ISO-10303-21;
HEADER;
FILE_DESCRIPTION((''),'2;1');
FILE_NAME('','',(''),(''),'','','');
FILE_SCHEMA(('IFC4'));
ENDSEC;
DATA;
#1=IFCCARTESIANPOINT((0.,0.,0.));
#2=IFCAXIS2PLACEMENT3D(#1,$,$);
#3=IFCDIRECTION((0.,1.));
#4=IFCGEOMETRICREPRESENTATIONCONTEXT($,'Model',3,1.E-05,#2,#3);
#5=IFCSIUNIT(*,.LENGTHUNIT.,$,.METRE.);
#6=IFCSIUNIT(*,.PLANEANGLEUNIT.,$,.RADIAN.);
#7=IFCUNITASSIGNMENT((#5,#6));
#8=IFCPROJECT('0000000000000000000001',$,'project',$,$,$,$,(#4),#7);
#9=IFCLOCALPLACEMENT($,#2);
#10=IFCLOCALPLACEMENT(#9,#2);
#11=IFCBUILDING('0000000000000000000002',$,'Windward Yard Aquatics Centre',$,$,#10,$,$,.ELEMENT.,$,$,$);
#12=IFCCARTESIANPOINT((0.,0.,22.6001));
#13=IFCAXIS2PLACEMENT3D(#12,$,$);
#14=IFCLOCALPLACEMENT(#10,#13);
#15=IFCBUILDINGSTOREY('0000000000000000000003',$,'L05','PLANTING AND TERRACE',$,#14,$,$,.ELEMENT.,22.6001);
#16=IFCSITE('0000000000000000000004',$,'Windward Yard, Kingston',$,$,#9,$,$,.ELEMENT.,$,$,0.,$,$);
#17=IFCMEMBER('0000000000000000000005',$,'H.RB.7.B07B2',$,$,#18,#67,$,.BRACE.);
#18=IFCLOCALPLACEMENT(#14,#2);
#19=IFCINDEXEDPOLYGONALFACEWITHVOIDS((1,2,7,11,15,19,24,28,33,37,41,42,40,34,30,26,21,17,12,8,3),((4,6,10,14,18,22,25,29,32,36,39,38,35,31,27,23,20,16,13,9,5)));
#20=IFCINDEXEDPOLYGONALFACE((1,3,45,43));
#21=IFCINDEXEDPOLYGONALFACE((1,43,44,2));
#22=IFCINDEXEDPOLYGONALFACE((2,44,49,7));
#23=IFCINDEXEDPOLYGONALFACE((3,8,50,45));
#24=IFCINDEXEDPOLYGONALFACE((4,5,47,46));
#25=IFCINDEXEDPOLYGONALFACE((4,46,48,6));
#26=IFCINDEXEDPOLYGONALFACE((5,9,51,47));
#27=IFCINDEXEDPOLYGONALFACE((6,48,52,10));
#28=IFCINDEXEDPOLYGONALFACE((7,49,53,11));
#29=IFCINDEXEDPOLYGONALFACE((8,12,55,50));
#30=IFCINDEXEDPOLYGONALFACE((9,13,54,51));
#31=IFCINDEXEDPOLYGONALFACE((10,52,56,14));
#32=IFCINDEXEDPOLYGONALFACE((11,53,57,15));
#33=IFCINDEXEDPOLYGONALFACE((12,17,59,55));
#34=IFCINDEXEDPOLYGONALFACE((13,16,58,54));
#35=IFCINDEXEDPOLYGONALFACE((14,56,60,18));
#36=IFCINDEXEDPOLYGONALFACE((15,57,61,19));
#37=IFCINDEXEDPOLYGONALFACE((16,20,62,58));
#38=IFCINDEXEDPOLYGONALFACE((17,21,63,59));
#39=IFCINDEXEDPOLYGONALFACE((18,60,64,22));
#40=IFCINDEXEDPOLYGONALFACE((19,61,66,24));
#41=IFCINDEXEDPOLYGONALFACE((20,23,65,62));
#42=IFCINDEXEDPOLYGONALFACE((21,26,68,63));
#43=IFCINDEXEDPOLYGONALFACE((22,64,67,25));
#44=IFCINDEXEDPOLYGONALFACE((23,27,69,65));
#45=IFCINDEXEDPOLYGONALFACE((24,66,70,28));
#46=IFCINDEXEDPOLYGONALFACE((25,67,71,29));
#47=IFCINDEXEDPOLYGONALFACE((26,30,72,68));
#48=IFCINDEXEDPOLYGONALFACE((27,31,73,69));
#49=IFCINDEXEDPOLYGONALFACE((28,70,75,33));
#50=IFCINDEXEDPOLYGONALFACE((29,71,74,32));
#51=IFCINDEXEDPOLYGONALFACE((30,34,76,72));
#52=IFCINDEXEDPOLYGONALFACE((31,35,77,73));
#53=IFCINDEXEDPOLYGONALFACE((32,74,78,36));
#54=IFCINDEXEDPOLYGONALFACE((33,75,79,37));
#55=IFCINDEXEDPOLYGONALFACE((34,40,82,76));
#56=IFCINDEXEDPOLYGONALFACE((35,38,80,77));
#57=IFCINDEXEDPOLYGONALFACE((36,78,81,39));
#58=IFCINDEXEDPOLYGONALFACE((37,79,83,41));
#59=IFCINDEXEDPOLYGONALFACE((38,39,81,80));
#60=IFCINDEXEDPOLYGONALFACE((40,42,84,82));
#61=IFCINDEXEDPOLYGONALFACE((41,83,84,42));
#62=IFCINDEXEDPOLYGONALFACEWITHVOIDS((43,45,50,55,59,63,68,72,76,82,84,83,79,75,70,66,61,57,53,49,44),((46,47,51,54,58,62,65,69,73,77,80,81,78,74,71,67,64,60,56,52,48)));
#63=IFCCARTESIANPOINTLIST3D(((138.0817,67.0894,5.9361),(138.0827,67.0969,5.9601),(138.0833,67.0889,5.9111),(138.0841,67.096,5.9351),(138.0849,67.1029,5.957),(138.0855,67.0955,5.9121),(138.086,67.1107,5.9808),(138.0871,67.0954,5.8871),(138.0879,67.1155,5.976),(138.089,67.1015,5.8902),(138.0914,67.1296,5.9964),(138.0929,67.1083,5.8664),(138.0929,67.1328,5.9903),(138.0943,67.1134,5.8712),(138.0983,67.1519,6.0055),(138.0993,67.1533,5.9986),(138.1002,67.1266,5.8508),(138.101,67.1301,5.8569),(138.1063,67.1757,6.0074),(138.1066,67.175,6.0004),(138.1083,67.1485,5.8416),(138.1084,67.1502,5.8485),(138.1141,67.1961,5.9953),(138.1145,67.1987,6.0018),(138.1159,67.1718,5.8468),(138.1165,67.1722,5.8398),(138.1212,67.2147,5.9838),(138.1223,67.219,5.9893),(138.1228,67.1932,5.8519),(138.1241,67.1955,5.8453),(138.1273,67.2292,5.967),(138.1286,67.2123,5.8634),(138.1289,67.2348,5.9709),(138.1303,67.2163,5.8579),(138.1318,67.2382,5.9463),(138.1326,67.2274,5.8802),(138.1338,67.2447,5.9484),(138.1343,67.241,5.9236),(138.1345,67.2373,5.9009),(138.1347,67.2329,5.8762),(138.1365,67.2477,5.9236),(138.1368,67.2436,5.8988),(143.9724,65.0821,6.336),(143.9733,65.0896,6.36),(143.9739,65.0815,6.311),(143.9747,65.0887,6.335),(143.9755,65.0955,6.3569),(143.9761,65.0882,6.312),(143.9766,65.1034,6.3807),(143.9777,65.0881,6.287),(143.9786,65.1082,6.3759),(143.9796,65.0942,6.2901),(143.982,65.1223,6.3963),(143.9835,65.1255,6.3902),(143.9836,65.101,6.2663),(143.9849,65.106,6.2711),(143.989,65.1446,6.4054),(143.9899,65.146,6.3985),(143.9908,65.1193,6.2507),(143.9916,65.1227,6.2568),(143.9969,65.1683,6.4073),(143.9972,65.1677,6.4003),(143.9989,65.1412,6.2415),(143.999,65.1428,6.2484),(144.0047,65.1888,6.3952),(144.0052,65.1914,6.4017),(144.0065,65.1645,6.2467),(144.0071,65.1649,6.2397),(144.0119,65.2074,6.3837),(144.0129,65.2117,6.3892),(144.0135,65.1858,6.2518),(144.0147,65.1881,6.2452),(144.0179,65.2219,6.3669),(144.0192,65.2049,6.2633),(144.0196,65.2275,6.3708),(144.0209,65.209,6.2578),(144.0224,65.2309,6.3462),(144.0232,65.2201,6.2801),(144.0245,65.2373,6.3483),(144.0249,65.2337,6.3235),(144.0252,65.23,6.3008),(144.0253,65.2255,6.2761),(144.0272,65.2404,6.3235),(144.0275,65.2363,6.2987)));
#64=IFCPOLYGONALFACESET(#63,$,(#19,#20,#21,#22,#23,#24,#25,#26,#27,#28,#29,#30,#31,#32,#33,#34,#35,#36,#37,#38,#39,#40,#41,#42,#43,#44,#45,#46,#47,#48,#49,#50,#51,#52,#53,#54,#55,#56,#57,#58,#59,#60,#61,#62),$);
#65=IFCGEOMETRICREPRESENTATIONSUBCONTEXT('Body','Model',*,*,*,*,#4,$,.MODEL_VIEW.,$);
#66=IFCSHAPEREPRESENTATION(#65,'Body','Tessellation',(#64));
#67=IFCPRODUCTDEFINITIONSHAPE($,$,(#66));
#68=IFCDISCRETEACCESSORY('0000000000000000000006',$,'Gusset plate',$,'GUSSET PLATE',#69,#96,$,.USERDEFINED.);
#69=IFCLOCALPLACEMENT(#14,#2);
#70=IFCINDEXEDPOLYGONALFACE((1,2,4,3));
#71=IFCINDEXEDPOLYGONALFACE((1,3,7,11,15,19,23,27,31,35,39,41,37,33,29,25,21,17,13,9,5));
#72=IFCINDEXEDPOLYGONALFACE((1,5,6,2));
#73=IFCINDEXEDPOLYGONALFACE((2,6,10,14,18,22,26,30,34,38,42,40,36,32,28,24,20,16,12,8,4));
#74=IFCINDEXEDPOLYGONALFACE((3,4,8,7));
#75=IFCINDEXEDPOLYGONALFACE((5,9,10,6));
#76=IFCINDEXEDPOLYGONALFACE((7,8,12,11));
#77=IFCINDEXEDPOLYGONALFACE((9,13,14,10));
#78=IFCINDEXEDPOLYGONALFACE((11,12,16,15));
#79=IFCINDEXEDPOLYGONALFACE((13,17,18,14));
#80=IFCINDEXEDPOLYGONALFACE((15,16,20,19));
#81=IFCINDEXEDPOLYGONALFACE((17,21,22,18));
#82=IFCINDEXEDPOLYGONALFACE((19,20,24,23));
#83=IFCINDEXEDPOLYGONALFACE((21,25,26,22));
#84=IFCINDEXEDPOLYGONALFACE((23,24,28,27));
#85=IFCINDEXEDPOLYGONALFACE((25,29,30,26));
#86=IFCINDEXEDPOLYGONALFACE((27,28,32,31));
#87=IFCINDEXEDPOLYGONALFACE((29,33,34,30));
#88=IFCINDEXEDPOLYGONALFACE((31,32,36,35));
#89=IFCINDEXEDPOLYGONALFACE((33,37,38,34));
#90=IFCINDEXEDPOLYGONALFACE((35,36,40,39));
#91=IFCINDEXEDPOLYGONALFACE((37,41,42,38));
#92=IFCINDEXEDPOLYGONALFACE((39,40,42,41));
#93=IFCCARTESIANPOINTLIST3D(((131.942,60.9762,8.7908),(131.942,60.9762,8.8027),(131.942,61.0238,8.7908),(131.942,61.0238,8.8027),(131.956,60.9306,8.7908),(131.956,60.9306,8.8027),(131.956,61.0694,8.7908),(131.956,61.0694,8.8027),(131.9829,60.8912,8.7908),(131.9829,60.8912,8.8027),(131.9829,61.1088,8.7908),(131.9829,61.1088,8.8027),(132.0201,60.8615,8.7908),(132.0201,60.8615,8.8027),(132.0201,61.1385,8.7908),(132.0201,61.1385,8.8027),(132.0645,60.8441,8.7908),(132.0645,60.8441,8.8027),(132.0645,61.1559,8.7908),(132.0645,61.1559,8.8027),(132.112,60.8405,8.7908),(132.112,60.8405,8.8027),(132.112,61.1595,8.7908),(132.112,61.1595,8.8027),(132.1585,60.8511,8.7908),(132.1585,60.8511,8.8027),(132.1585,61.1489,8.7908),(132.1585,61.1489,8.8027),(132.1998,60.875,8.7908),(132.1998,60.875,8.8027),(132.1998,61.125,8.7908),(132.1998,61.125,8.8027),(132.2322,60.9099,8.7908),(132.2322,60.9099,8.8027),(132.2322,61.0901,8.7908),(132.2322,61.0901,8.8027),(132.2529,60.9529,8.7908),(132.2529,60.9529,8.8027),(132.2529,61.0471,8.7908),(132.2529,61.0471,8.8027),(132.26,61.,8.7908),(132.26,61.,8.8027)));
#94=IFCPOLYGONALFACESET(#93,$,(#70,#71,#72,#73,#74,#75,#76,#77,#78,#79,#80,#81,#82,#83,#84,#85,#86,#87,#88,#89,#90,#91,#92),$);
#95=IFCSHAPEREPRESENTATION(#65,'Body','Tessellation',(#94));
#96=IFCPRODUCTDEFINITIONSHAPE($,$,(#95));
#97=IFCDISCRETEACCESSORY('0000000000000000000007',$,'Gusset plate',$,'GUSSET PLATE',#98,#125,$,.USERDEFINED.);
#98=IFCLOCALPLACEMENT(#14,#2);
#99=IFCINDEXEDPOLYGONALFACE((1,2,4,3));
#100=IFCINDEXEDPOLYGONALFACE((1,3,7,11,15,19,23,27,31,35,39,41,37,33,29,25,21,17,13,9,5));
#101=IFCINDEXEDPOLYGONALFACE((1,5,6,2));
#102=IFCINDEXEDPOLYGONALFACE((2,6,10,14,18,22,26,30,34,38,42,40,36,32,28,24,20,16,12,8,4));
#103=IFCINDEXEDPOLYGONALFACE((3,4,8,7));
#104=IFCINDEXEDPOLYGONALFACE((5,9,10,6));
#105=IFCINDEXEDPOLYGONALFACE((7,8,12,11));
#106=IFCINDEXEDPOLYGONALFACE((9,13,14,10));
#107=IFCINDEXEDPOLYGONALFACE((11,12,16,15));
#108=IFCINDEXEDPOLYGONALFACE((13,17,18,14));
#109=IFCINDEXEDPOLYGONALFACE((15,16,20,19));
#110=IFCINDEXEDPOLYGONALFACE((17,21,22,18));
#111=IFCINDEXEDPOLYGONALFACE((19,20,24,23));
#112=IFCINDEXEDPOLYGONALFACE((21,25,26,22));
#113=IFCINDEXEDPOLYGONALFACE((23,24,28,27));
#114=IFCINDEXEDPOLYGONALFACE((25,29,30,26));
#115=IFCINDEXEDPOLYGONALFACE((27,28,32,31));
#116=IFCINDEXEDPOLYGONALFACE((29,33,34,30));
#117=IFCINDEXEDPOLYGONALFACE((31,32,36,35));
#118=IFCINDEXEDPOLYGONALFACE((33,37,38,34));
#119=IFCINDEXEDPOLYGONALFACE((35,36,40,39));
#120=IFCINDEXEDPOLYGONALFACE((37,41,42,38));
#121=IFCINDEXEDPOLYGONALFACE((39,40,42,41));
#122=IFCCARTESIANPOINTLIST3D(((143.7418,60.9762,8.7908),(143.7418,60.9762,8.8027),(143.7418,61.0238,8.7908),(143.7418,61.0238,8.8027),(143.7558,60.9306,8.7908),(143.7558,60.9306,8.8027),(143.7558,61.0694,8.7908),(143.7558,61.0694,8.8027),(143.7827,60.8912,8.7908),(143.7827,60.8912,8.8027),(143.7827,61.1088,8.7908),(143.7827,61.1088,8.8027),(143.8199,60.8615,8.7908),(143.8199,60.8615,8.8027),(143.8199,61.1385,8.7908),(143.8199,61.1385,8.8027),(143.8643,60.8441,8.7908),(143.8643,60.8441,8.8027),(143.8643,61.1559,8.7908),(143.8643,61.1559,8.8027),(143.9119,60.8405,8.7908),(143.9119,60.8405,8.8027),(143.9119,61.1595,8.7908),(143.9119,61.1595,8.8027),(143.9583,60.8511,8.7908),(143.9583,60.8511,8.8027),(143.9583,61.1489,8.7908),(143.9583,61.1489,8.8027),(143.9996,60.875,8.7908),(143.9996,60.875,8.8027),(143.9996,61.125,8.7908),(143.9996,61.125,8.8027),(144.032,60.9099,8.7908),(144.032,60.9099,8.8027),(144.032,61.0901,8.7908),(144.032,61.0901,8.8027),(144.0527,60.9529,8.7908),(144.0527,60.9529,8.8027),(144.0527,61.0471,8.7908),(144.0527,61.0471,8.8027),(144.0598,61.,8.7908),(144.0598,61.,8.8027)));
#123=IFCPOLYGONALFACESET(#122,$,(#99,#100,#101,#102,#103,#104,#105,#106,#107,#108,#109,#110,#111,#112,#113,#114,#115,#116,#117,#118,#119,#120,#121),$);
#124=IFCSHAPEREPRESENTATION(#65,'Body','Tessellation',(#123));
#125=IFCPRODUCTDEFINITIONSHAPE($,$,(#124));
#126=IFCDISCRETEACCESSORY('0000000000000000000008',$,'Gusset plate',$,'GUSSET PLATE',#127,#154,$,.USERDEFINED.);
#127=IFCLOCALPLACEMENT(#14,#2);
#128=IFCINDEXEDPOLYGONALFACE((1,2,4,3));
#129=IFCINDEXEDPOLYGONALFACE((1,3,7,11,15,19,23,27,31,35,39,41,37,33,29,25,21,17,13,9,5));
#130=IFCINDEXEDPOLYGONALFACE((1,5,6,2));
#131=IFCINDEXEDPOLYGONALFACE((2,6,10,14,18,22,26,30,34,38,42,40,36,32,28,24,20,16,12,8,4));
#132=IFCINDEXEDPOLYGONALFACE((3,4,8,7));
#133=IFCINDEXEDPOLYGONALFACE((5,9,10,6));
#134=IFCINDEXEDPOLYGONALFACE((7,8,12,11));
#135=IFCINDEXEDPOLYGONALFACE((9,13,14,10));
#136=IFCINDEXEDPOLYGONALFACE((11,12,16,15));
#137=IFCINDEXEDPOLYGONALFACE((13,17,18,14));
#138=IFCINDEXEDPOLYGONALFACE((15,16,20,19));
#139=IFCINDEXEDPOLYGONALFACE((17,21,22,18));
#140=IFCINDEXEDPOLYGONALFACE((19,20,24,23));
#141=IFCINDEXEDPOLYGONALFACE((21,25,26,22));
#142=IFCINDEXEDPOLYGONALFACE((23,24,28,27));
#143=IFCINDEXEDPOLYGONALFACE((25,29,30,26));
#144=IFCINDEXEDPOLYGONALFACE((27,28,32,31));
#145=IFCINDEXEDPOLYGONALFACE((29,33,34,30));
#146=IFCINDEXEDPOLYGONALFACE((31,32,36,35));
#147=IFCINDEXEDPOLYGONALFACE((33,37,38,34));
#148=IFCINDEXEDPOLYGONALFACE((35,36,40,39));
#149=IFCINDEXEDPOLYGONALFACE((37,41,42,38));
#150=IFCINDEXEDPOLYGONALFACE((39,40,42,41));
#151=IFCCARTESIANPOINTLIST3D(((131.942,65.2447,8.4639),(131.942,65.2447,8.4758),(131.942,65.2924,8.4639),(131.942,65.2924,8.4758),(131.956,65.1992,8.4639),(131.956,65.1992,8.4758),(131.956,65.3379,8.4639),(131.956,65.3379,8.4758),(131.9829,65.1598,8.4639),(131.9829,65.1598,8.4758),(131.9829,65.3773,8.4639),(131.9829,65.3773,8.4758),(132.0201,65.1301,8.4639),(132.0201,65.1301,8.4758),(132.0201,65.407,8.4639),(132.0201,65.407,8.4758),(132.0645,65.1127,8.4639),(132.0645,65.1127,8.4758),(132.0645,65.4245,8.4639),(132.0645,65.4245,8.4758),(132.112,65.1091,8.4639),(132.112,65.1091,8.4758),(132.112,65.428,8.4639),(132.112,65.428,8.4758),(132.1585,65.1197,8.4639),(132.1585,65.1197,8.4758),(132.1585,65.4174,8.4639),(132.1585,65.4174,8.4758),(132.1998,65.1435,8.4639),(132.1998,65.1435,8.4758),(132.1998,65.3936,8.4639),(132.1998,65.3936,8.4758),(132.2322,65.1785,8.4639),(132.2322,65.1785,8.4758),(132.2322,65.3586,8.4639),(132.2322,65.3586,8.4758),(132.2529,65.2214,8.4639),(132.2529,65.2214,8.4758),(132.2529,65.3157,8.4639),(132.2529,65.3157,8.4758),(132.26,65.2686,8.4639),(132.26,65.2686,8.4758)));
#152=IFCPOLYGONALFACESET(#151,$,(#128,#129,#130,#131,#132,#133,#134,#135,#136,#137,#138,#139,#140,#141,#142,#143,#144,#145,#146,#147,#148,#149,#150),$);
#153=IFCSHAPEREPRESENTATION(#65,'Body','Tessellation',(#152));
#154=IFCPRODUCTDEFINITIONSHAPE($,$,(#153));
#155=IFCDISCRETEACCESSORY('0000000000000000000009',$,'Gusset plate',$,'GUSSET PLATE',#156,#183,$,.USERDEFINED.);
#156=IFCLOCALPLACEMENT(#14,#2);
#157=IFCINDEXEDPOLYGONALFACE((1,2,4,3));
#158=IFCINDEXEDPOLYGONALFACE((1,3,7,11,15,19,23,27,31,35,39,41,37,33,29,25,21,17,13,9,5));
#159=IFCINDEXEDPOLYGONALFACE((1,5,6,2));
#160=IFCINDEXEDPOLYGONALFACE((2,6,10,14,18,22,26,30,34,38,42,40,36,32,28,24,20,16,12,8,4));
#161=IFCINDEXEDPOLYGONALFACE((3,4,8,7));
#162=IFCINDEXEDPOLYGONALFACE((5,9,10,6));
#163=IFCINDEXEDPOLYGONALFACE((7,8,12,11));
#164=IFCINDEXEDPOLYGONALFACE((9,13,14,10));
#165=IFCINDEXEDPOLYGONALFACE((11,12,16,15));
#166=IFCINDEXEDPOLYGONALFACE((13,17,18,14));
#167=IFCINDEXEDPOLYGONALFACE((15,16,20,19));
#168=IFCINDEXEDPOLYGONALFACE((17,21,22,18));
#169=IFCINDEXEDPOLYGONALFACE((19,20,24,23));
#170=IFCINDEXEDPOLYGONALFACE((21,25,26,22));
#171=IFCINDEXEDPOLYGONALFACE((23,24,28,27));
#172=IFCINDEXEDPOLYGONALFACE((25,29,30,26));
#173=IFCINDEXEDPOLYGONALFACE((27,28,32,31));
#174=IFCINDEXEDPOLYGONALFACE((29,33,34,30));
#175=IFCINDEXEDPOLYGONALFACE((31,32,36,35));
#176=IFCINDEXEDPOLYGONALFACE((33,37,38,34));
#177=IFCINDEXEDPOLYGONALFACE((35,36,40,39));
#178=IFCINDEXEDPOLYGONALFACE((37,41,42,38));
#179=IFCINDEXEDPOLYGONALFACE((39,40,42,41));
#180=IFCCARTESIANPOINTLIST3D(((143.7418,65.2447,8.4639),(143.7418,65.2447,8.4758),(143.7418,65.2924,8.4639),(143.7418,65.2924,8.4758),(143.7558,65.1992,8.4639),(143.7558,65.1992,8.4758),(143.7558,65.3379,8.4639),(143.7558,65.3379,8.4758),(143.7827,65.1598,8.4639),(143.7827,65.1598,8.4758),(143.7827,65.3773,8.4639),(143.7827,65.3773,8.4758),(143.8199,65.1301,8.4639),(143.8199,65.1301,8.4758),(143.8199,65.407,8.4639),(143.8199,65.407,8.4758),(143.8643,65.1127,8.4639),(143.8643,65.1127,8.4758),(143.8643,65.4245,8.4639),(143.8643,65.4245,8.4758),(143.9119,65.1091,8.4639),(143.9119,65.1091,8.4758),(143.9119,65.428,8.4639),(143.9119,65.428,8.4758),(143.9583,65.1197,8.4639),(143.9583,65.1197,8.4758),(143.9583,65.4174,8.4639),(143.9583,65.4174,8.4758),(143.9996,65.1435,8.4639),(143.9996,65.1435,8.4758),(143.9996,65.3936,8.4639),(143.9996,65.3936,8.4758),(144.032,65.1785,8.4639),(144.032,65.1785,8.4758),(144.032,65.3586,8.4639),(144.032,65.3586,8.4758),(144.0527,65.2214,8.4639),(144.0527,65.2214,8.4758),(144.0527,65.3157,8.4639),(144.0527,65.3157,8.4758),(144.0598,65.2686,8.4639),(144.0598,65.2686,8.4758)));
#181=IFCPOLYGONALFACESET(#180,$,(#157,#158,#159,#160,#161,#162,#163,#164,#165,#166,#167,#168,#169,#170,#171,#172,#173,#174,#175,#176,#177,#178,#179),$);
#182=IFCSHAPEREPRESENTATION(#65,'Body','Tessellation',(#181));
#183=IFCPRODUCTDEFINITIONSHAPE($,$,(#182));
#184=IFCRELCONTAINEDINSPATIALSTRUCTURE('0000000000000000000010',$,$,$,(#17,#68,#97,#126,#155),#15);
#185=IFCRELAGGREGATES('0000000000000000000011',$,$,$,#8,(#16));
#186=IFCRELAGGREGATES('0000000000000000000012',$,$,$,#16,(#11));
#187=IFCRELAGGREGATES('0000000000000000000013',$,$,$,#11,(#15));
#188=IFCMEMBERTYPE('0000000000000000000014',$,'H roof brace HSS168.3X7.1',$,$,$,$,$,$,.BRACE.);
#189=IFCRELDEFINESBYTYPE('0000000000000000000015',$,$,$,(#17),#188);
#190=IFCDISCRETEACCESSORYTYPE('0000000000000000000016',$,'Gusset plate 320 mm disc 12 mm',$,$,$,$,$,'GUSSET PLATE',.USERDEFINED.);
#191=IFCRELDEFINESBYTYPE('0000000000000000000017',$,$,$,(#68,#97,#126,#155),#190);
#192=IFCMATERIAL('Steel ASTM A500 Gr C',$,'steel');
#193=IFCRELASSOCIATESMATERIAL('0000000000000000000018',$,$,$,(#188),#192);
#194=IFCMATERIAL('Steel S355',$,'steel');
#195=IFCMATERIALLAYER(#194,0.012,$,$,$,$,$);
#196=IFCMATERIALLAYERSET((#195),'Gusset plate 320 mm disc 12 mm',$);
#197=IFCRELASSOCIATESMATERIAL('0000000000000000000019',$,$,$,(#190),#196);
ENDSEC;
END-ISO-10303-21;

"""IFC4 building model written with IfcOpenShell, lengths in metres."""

from ifc_helpers import new_model, si_unit, direction, frame, origin, origin_2d, place, context, subcontext, project, spatial, circle, hollow_circle, extrude, material, layer, layer_set, material_profile, profile_set, type_object, element, save


model = new_model("IFC4")

# Units and contexts
model_context = context("Model", 3, precision=1e-05, world=origin(), true_north=direction((0.0, 1.0)))
body_context = subcontext(model_context, "Body", "Model", "MODEL_VIEW")
ifc_project = project(units=[si_unit("LENGTHUNIT", "METRE"), si_unit("PLANEANGLEUNIT", "RADIAN")], contexts=[model_context])

# Site, building, storey
site_placement = place(None, origin())
site = spatial("IfcSite", under=ifc_project, at=site_placement, Name="Windward Yard, Kingston", CompositionType="ELEMENT", RefElevation=0.0)
building_placement = place(site_placement, origin())
building = spatial("IfcBuilding", under=site, at=building_placement, Name="Windward Yard Aquatics Centre", CompositionType="ELEMENT")
storey_placement = place(building_placement, frame((0.0, 0.0, 22.6001)))
storey = spatial("IfcBuildingStorey", under=building, at=storey_placement, Name="L05", Description="PLANTING AND TERRACE", CompositionType="ELEMENT", Elevation=22.6001)

# Member
ifc_material_1 = material(Name="Steel ASTM A500 Gr C", Category="steel")
ifc_material_profile = material_profile(ifc_material_1, hollow_circle(Radius=0.0842, WallThickness=0.0071, at=origin_2d()), Name="HSS168.3X7.1")
ifc_profile_set = profile_set([ifc_material_profile], Name="Steel ASTM A500 Gr C")
member_type = type_object("IfcMemberType", Name="H roof brace HSS168.3X7.1", PredefinedType="BRACE", material=ifc_profile_set)
for number, where, z_axis, x_axis, name in (
    (1, (138.1094, 67.168, 5.9236), (0.944603, -0.321889, 0.064127), (0.322553, 0.946552, 0.0), "H.RB.7.B07B2"),
):
    element("IfcMember", number, at=place(storey_placement, frame(where, z_axis=z_axis, x_axis=x_axis)), inside=storey, type_object=member_type, Name=name, PredefinedType="BRACE", context=body_context, shape_type="SweptSolid", body=[
        extrude(hollow_circle(Radius=0.0842, WallThickness=0.0071, at=origin_2d()), origin(), (0.0, 0.0, 1.0), 6.2361),
    ])

# Discrete accessories
ifc_material_2 = material(Name="Steel S355", Category="steel")
ifc_layer = layer(ifc_material_2, 0.012)
ifc_layer_set = layer_set([ifc_layer], Name="Gusset plate 320 mm disc 12 mm")
discrete_accessory_type = type_object("IfcDiscreteAccessoryType", Name="Gusset plate 320 mm disc 12 mm", ElementType="GUSSET PLATE", PredefinedType="USERDEFINED", material=ifc_layer_set)
for number, where, z_axis, x_axis, name in (
    (2, (132.1001, 61.0, 8.7908), (0.0, 0.0, 1.0), (1.0, 0.0, 0.0), "Gusset plate"),
    (3, (143.8999, 61.0, 8.7908), (0.0, 0.0, 1.0), (1.0, 0.0, 0.0), "Gusset plate"),
    (4, (132.1001, 65.2686, 8.4639), (0.0, 0.0, 1.0), (1.0, 0.0, 0.0), "Gusset plate"),
    (5, (143.8999, 65.2686, 8.4639), (0.0, 0.0, 1.0), (1.0, 0.0, 0.0), "Gusset plate"),
):
    element("IfcDiscreteAccessory", number, at=place(storey_placement, frame(where, z_axis=z_axis, x_axis=x_axis)), inside=storey, type_object=discrete_accessory_type, Name=name, ObjectType="GUSSET PLATE", PredefinedType="USERDEFINED", context=body_context, shape_type="SweptSolid", body=[
        extrude(circle(Radius=0.1599, at=origin_2d()), origin(), (0.0, 0.0, 1.0), 0.012),
    ])

save(model, "model.ifc")
